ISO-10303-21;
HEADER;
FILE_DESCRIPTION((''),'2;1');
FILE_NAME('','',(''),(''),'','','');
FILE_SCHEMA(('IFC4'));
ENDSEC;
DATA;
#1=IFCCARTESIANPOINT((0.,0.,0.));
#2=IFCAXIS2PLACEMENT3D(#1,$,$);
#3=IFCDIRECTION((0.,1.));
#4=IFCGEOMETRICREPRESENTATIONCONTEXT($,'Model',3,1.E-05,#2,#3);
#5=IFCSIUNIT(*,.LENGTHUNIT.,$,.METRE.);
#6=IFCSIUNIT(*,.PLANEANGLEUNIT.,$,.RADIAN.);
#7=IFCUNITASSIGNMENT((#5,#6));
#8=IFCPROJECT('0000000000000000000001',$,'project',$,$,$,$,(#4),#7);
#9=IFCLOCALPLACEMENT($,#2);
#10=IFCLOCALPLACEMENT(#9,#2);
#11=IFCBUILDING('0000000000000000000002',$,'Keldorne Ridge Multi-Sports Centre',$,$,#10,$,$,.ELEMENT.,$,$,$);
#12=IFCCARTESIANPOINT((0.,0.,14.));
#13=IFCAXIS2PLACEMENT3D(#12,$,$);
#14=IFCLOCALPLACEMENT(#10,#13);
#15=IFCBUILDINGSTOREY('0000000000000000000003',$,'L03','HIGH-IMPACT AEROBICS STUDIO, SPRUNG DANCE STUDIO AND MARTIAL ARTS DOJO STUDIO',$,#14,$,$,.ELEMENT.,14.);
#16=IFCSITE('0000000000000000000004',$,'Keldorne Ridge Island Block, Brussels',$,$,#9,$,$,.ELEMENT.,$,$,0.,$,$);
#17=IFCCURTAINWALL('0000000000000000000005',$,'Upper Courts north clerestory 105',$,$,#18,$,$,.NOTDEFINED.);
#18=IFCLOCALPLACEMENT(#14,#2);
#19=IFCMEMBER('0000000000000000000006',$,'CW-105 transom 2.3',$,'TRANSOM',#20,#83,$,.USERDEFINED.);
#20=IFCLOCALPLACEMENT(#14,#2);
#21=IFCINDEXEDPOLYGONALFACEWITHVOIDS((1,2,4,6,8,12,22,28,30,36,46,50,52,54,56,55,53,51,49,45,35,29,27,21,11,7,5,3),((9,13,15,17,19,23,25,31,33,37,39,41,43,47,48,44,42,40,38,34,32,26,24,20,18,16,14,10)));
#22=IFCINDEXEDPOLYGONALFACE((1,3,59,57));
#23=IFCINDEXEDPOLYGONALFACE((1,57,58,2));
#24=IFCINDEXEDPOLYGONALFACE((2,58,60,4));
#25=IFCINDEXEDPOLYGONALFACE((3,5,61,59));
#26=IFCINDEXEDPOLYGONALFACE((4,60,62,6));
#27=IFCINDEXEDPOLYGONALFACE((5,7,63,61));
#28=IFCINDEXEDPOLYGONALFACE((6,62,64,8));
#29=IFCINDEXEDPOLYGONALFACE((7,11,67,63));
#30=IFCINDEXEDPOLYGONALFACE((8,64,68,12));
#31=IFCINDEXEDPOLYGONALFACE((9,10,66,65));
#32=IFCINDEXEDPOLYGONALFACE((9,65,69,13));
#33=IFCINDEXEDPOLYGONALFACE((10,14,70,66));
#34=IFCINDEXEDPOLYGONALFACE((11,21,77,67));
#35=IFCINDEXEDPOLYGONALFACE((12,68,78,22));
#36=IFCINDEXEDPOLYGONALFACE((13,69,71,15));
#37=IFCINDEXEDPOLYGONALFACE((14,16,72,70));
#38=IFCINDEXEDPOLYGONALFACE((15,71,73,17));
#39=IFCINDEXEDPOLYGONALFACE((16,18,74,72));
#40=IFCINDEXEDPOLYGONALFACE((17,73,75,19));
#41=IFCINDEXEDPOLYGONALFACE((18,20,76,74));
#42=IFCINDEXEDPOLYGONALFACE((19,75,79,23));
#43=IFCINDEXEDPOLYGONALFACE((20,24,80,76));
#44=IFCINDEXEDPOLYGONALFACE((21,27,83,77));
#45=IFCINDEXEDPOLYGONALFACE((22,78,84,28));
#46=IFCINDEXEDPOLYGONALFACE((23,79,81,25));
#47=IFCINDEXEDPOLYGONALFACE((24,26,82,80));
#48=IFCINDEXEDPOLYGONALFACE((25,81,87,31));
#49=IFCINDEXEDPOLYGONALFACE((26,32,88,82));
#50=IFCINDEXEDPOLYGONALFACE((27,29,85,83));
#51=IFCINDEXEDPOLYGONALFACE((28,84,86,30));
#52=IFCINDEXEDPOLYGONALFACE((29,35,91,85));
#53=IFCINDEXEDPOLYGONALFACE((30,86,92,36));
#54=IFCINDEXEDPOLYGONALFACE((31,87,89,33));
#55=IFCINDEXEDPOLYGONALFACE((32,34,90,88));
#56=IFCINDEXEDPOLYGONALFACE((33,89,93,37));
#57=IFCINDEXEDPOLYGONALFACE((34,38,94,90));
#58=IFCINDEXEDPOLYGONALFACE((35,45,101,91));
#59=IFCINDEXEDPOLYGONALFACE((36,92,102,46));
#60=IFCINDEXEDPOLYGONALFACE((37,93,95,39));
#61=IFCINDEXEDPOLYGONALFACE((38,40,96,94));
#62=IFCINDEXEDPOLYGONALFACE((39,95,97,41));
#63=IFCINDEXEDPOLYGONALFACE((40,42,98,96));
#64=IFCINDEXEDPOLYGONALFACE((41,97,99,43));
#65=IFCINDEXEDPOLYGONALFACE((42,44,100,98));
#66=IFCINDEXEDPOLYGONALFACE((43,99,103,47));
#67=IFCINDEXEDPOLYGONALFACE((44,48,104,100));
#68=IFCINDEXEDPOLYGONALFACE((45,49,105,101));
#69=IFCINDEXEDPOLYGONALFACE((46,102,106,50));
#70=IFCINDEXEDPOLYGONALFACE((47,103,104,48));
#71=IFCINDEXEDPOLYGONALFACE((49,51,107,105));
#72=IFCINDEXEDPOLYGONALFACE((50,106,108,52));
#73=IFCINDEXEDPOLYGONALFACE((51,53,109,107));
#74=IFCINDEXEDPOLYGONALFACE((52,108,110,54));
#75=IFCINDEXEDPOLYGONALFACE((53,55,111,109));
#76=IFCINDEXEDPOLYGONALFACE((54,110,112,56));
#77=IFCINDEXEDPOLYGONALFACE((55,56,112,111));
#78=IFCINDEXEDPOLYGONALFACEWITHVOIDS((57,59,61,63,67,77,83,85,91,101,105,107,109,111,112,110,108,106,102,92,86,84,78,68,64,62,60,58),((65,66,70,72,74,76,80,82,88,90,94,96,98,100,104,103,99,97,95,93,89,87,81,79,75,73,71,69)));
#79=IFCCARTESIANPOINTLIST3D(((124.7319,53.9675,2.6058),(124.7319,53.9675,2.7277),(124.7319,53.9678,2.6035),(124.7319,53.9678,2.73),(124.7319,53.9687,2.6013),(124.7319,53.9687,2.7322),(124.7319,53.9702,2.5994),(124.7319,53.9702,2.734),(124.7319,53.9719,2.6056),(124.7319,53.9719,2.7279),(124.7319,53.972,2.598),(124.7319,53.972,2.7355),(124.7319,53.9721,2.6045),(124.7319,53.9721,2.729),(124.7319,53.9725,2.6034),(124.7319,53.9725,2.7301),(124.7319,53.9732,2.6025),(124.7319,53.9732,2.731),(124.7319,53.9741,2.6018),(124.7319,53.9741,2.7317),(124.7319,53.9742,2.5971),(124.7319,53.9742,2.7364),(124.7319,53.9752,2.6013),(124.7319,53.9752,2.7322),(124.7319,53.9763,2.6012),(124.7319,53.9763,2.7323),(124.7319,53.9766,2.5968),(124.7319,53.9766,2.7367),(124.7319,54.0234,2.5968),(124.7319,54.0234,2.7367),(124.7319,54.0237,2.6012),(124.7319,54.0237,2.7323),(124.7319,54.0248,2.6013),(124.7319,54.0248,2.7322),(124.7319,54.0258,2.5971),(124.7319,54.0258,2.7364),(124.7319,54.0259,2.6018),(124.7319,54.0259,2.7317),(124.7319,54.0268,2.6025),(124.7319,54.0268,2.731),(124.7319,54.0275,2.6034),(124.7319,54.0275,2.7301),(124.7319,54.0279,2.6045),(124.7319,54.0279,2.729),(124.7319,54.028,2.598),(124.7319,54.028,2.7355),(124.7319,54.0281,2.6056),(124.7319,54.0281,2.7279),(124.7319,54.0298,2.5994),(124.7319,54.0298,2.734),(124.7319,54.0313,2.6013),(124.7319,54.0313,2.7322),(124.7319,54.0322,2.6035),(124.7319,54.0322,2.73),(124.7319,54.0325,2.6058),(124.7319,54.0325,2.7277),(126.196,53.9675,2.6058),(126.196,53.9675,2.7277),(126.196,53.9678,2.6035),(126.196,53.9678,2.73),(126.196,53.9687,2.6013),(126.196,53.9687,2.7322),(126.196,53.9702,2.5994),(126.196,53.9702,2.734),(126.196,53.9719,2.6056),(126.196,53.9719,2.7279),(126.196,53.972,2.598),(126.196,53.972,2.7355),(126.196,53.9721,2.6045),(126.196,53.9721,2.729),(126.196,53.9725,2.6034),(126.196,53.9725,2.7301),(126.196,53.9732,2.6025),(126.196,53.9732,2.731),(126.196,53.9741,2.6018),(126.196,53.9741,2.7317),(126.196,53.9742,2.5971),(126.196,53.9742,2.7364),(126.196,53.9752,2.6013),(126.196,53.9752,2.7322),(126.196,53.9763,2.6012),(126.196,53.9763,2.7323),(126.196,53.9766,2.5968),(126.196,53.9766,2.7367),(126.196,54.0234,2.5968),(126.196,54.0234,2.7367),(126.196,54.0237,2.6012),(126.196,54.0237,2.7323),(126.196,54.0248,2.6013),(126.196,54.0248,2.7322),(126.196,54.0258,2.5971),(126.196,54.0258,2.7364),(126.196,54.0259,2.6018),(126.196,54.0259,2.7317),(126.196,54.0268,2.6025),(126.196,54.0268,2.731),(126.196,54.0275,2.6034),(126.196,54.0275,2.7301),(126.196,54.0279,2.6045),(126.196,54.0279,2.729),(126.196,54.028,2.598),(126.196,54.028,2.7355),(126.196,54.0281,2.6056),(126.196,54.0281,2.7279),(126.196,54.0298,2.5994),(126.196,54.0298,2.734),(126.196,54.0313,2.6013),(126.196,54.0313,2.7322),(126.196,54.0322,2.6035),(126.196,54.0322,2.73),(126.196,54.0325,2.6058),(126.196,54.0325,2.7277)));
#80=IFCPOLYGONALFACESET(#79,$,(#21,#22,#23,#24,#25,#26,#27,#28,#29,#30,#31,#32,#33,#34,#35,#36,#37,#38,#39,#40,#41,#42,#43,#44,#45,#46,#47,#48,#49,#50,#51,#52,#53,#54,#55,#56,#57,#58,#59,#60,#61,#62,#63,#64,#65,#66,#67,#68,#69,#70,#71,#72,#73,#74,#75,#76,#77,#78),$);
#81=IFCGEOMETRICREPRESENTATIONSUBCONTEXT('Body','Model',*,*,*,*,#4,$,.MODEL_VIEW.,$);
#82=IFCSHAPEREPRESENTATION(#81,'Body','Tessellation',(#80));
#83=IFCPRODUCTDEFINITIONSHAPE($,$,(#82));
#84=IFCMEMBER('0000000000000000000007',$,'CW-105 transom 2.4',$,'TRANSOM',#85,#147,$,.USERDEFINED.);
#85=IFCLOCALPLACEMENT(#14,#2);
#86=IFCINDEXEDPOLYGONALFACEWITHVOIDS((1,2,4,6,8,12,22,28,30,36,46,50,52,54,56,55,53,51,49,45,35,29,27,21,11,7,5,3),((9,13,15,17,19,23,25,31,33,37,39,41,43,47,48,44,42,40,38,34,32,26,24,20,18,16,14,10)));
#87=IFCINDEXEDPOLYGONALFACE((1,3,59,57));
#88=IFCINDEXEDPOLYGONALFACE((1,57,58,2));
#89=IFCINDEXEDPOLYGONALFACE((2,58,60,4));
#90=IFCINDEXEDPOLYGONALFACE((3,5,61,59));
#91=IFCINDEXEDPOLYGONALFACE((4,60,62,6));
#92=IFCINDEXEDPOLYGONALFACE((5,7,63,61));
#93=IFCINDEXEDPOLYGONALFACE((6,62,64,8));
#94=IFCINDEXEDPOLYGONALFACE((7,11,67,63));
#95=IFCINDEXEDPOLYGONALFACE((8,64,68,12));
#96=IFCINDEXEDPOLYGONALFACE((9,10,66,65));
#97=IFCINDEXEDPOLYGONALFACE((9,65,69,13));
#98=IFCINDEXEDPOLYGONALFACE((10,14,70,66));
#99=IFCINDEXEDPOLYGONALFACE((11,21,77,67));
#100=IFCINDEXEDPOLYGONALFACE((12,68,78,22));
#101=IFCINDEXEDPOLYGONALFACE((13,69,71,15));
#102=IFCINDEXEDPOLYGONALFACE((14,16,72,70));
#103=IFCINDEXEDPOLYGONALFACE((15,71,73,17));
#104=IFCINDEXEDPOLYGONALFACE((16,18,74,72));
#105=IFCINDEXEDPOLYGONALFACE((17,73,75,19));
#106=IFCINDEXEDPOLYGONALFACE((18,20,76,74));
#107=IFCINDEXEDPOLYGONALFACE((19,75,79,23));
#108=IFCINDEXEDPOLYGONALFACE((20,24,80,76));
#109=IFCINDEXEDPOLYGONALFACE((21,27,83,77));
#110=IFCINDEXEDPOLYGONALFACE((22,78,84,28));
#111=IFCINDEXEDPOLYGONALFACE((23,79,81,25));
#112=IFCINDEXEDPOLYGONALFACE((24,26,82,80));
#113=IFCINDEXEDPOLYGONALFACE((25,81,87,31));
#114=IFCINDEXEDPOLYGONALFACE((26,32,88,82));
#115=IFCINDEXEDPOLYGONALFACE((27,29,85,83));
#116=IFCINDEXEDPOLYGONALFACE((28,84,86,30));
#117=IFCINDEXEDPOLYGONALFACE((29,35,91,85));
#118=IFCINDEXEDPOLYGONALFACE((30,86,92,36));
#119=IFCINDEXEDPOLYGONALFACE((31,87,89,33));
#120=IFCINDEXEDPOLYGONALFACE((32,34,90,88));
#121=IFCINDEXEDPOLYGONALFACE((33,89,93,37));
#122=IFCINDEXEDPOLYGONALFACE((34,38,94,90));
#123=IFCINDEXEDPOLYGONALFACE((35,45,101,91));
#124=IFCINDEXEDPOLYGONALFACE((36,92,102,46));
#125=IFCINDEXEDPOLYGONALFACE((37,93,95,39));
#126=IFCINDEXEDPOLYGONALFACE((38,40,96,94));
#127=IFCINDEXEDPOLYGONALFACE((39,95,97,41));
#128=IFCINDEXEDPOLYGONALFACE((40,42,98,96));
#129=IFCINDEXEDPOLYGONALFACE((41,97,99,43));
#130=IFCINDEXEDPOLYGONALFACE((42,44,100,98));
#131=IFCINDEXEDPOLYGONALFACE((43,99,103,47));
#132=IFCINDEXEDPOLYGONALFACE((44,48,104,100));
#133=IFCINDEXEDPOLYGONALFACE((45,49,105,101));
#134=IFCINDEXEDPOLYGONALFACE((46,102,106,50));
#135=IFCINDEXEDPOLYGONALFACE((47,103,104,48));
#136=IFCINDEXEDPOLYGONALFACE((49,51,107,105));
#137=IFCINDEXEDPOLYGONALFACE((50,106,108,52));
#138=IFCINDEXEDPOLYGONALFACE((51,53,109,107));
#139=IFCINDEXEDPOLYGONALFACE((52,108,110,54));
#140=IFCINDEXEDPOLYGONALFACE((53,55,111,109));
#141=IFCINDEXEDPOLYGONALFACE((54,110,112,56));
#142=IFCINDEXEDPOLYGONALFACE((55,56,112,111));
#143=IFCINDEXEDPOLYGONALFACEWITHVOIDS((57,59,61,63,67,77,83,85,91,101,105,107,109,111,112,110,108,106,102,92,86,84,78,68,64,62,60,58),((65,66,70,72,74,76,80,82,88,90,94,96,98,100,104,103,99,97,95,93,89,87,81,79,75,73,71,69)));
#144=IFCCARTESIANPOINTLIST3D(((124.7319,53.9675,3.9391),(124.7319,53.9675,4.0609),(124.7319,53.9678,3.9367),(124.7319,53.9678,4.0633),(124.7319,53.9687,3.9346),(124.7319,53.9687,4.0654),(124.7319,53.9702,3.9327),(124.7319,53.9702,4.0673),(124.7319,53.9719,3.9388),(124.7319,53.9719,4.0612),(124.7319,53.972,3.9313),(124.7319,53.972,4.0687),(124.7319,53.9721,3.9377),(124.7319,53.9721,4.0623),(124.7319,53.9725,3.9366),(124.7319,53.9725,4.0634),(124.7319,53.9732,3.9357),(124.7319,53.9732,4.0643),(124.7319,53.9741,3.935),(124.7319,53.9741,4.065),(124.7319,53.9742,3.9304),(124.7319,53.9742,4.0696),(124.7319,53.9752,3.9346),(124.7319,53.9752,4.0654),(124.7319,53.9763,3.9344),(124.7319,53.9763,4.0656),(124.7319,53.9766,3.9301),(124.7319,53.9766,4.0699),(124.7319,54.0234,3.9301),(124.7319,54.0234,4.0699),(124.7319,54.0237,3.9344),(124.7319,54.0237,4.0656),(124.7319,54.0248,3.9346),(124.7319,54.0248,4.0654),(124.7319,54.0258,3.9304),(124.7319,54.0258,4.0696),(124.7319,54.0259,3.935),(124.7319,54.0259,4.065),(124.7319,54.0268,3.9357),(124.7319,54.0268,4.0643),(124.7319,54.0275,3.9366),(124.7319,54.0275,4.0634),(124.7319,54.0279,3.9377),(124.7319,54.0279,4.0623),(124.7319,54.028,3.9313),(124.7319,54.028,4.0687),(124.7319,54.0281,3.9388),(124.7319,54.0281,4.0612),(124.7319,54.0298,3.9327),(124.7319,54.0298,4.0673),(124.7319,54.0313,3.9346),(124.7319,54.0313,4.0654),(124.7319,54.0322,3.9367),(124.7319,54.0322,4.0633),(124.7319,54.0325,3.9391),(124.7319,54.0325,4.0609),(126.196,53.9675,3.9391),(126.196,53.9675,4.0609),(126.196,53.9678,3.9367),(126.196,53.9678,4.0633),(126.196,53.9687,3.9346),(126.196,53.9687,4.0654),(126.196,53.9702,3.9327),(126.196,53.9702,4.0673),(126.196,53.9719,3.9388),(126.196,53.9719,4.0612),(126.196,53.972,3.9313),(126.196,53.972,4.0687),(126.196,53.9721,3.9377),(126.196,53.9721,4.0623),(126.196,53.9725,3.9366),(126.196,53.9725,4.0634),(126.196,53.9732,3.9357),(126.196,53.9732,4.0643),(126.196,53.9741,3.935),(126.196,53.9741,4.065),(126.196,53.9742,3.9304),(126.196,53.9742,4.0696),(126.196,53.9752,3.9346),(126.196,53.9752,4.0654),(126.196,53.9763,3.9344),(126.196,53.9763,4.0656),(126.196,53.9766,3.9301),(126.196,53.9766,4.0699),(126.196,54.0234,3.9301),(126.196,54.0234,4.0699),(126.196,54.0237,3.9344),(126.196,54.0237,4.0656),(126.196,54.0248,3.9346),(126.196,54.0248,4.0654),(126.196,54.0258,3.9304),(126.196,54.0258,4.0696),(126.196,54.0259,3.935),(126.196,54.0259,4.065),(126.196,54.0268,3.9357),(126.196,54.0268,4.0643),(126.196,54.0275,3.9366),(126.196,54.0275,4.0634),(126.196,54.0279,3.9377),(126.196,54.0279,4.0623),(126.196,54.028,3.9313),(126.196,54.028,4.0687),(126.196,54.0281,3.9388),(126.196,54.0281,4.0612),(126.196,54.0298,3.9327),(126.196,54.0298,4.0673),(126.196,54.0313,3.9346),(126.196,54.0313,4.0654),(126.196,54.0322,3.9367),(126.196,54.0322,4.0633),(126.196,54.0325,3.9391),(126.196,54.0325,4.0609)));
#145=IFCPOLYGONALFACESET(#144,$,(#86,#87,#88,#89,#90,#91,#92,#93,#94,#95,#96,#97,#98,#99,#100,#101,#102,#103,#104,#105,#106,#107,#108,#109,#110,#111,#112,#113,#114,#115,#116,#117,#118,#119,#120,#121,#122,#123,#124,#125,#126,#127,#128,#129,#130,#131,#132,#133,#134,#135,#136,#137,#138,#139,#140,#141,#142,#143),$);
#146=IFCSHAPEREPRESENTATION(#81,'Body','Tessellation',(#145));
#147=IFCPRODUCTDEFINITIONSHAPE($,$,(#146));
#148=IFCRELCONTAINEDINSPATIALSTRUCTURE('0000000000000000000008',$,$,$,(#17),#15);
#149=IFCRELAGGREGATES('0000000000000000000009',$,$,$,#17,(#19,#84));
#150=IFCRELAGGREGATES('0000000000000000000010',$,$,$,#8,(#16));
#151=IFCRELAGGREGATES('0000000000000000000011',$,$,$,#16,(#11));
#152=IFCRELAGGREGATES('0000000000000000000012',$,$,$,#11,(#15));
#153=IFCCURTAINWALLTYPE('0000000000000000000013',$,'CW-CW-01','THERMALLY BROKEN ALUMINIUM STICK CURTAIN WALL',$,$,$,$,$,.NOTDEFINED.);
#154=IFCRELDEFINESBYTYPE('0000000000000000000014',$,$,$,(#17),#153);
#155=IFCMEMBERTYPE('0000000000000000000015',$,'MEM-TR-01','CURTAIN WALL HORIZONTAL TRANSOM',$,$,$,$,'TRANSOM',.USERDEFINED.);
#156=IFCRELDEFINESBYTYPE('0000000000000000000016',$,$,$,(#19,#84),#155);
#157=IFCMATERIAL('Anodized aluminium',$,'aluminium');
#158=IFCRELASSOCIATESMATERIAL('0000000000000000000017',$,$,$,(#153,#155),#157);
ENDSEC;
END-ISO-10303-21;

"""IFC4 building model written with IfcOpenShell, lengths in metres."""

from ifc_helpers import new_model, si_unit, direction, frame, origin, origin_2d, place, context, subcontext, project, spatial, hollow_rectangle, extrude, material, material_profile, profile_set, type_object, element, aggregate, save


model = new_model("IFC4")

# Units and contexts
model_context = context("Model", 3, precision=1e-05, world=origin(), true_north=direction((0.0, 1.0)))
body_context = subcontext(model_context, "Body", "Model", "MODEL_VIEW")
ifc_project = project(units=[si_unit("LENGTHUNIT", "METRE"), si_unit("PLANEANGLEUNIT", "RADIAN")], contexts=[model_context])

# Site, building, storey
site_placement = place(None, origin())
site = spatial("IfcSite", under=ifc_project, at=site_placement, Name="Keldorne Ridge Island Block, Brussels", CompositionType="ELEMENT", RefElevation=0.0)
building_placement = place(site_placement, origin())
building = spatial("IfcBuilding", under=site, at=building_placement, Name="Keldorne Ridge Multi-Sports Centre", CompositionType="ELEMENT")
storey_placement = place(building_placement, frame((0.0, 0.0, 14.0)))
storey = spatial("IfcBuildingStorey", under=building, at=storey_placement, Name="L03", Description="HIGH-IMPACT AEROBICS STUDIO, SPRUNG DANCE STUDIO AND MARTIAL ARTS DOJO STUDIO", CompositionType="ELEMENT", Elevation=14.0)

# Curtain wall, members
ifc_material_1 = material(Name="Anodized aluminium", Category="aluminium")
curtain_wall_type = type_object("IfcCurtainWallType", Name="CW-CW-01", Description="THERMALLY BROKEN ALUMINIUM STICK CURTAIN WALL", PredefinedType="NOTDEFINED", material=ifc_material_1)
curtain_wall_placement = place(storey_placement, origin())
curtain_wall = element("IfcCurtainWall", 1, at=curtain_wall_placement, inside=storey, type_object=curtain_wall_type, Name="Upper Courts north clerestory 105", PredefinedType="NOTDEFINED")
ifc_material_profile_1 = material_profile(ifc_material_1, hollow_rectangle(XDim=0.0649, YDim=0.1399, WallThickness=0.0044, InnerFilletRadius=0.0044, OuterFilletRadius=0.009, at=origin_2d()), Name="ALU TRANSOM 140x65x4.5")
ifc_profile_set_1 = profile_set([ifc_material_profile_1], Name="Anodized aluminium")
member_type_1 = type_object("IfcMemberType", Name="MEM-TR-01", Description="CURTAIN WALL HORIZONTAL TRANSOM", ElementType="TRANSOM", PredefinedType="USERDEFINED", material=ifc_profile_set_1)
member_1_placement = place(storey_placement, frame((126.196, 54.0, 2.6667), z_axis=(-1.0, 0.0, 0.0), x_axis=(0.0, -1.0, 0.0)))
member_1 = element("IfcMember", 2, at=member_1_placement, type_object=member_type_1, Name="CW-105 transom 2.3", ObjectType="TRANSOM", PredefinedType="USERDEFINED", context=body_context, shape_type="SweptSolid", body=[
    extrude(hollow_rectangle(XDim=0.0649, YDim=0.1399, WallThickness=0.0044, InnerFilletRadius=0.0044, OuterFilletRadius=0.009, at=origin_2d()), origin(), (0.0, 0.0, 1.0), 1.4641),
])
member_2_placement = place(storey_placement, frame((126.196, 54.0, 4.0), z_axis=(-1.0, 0.0, 0.0), x_axis=(0.0, -1.0, 0.0)))
member_2 = element("IfcMember", 3, at=member_2_placement, type_object=member_type_1, Name="CW-105 transom 2.4", ObjectType="TRANSOM", PredefinedType="USERDEFINED", context=body_context, shape_type="SweptSolid", body=[
    extrude(hollow_rectangle(XDim=0.0649, YDim=0.1399, WallThickness=0.0044, InnerFilletRadius=0.0044, OuterFilletRadius=0.009, at=origin_2d()), origin(), (0.0, 0.0, 1.0), 1.4641),
])
aggregate(curtain_wall, [member_1, member_2])

save(model, "model.ifc")
